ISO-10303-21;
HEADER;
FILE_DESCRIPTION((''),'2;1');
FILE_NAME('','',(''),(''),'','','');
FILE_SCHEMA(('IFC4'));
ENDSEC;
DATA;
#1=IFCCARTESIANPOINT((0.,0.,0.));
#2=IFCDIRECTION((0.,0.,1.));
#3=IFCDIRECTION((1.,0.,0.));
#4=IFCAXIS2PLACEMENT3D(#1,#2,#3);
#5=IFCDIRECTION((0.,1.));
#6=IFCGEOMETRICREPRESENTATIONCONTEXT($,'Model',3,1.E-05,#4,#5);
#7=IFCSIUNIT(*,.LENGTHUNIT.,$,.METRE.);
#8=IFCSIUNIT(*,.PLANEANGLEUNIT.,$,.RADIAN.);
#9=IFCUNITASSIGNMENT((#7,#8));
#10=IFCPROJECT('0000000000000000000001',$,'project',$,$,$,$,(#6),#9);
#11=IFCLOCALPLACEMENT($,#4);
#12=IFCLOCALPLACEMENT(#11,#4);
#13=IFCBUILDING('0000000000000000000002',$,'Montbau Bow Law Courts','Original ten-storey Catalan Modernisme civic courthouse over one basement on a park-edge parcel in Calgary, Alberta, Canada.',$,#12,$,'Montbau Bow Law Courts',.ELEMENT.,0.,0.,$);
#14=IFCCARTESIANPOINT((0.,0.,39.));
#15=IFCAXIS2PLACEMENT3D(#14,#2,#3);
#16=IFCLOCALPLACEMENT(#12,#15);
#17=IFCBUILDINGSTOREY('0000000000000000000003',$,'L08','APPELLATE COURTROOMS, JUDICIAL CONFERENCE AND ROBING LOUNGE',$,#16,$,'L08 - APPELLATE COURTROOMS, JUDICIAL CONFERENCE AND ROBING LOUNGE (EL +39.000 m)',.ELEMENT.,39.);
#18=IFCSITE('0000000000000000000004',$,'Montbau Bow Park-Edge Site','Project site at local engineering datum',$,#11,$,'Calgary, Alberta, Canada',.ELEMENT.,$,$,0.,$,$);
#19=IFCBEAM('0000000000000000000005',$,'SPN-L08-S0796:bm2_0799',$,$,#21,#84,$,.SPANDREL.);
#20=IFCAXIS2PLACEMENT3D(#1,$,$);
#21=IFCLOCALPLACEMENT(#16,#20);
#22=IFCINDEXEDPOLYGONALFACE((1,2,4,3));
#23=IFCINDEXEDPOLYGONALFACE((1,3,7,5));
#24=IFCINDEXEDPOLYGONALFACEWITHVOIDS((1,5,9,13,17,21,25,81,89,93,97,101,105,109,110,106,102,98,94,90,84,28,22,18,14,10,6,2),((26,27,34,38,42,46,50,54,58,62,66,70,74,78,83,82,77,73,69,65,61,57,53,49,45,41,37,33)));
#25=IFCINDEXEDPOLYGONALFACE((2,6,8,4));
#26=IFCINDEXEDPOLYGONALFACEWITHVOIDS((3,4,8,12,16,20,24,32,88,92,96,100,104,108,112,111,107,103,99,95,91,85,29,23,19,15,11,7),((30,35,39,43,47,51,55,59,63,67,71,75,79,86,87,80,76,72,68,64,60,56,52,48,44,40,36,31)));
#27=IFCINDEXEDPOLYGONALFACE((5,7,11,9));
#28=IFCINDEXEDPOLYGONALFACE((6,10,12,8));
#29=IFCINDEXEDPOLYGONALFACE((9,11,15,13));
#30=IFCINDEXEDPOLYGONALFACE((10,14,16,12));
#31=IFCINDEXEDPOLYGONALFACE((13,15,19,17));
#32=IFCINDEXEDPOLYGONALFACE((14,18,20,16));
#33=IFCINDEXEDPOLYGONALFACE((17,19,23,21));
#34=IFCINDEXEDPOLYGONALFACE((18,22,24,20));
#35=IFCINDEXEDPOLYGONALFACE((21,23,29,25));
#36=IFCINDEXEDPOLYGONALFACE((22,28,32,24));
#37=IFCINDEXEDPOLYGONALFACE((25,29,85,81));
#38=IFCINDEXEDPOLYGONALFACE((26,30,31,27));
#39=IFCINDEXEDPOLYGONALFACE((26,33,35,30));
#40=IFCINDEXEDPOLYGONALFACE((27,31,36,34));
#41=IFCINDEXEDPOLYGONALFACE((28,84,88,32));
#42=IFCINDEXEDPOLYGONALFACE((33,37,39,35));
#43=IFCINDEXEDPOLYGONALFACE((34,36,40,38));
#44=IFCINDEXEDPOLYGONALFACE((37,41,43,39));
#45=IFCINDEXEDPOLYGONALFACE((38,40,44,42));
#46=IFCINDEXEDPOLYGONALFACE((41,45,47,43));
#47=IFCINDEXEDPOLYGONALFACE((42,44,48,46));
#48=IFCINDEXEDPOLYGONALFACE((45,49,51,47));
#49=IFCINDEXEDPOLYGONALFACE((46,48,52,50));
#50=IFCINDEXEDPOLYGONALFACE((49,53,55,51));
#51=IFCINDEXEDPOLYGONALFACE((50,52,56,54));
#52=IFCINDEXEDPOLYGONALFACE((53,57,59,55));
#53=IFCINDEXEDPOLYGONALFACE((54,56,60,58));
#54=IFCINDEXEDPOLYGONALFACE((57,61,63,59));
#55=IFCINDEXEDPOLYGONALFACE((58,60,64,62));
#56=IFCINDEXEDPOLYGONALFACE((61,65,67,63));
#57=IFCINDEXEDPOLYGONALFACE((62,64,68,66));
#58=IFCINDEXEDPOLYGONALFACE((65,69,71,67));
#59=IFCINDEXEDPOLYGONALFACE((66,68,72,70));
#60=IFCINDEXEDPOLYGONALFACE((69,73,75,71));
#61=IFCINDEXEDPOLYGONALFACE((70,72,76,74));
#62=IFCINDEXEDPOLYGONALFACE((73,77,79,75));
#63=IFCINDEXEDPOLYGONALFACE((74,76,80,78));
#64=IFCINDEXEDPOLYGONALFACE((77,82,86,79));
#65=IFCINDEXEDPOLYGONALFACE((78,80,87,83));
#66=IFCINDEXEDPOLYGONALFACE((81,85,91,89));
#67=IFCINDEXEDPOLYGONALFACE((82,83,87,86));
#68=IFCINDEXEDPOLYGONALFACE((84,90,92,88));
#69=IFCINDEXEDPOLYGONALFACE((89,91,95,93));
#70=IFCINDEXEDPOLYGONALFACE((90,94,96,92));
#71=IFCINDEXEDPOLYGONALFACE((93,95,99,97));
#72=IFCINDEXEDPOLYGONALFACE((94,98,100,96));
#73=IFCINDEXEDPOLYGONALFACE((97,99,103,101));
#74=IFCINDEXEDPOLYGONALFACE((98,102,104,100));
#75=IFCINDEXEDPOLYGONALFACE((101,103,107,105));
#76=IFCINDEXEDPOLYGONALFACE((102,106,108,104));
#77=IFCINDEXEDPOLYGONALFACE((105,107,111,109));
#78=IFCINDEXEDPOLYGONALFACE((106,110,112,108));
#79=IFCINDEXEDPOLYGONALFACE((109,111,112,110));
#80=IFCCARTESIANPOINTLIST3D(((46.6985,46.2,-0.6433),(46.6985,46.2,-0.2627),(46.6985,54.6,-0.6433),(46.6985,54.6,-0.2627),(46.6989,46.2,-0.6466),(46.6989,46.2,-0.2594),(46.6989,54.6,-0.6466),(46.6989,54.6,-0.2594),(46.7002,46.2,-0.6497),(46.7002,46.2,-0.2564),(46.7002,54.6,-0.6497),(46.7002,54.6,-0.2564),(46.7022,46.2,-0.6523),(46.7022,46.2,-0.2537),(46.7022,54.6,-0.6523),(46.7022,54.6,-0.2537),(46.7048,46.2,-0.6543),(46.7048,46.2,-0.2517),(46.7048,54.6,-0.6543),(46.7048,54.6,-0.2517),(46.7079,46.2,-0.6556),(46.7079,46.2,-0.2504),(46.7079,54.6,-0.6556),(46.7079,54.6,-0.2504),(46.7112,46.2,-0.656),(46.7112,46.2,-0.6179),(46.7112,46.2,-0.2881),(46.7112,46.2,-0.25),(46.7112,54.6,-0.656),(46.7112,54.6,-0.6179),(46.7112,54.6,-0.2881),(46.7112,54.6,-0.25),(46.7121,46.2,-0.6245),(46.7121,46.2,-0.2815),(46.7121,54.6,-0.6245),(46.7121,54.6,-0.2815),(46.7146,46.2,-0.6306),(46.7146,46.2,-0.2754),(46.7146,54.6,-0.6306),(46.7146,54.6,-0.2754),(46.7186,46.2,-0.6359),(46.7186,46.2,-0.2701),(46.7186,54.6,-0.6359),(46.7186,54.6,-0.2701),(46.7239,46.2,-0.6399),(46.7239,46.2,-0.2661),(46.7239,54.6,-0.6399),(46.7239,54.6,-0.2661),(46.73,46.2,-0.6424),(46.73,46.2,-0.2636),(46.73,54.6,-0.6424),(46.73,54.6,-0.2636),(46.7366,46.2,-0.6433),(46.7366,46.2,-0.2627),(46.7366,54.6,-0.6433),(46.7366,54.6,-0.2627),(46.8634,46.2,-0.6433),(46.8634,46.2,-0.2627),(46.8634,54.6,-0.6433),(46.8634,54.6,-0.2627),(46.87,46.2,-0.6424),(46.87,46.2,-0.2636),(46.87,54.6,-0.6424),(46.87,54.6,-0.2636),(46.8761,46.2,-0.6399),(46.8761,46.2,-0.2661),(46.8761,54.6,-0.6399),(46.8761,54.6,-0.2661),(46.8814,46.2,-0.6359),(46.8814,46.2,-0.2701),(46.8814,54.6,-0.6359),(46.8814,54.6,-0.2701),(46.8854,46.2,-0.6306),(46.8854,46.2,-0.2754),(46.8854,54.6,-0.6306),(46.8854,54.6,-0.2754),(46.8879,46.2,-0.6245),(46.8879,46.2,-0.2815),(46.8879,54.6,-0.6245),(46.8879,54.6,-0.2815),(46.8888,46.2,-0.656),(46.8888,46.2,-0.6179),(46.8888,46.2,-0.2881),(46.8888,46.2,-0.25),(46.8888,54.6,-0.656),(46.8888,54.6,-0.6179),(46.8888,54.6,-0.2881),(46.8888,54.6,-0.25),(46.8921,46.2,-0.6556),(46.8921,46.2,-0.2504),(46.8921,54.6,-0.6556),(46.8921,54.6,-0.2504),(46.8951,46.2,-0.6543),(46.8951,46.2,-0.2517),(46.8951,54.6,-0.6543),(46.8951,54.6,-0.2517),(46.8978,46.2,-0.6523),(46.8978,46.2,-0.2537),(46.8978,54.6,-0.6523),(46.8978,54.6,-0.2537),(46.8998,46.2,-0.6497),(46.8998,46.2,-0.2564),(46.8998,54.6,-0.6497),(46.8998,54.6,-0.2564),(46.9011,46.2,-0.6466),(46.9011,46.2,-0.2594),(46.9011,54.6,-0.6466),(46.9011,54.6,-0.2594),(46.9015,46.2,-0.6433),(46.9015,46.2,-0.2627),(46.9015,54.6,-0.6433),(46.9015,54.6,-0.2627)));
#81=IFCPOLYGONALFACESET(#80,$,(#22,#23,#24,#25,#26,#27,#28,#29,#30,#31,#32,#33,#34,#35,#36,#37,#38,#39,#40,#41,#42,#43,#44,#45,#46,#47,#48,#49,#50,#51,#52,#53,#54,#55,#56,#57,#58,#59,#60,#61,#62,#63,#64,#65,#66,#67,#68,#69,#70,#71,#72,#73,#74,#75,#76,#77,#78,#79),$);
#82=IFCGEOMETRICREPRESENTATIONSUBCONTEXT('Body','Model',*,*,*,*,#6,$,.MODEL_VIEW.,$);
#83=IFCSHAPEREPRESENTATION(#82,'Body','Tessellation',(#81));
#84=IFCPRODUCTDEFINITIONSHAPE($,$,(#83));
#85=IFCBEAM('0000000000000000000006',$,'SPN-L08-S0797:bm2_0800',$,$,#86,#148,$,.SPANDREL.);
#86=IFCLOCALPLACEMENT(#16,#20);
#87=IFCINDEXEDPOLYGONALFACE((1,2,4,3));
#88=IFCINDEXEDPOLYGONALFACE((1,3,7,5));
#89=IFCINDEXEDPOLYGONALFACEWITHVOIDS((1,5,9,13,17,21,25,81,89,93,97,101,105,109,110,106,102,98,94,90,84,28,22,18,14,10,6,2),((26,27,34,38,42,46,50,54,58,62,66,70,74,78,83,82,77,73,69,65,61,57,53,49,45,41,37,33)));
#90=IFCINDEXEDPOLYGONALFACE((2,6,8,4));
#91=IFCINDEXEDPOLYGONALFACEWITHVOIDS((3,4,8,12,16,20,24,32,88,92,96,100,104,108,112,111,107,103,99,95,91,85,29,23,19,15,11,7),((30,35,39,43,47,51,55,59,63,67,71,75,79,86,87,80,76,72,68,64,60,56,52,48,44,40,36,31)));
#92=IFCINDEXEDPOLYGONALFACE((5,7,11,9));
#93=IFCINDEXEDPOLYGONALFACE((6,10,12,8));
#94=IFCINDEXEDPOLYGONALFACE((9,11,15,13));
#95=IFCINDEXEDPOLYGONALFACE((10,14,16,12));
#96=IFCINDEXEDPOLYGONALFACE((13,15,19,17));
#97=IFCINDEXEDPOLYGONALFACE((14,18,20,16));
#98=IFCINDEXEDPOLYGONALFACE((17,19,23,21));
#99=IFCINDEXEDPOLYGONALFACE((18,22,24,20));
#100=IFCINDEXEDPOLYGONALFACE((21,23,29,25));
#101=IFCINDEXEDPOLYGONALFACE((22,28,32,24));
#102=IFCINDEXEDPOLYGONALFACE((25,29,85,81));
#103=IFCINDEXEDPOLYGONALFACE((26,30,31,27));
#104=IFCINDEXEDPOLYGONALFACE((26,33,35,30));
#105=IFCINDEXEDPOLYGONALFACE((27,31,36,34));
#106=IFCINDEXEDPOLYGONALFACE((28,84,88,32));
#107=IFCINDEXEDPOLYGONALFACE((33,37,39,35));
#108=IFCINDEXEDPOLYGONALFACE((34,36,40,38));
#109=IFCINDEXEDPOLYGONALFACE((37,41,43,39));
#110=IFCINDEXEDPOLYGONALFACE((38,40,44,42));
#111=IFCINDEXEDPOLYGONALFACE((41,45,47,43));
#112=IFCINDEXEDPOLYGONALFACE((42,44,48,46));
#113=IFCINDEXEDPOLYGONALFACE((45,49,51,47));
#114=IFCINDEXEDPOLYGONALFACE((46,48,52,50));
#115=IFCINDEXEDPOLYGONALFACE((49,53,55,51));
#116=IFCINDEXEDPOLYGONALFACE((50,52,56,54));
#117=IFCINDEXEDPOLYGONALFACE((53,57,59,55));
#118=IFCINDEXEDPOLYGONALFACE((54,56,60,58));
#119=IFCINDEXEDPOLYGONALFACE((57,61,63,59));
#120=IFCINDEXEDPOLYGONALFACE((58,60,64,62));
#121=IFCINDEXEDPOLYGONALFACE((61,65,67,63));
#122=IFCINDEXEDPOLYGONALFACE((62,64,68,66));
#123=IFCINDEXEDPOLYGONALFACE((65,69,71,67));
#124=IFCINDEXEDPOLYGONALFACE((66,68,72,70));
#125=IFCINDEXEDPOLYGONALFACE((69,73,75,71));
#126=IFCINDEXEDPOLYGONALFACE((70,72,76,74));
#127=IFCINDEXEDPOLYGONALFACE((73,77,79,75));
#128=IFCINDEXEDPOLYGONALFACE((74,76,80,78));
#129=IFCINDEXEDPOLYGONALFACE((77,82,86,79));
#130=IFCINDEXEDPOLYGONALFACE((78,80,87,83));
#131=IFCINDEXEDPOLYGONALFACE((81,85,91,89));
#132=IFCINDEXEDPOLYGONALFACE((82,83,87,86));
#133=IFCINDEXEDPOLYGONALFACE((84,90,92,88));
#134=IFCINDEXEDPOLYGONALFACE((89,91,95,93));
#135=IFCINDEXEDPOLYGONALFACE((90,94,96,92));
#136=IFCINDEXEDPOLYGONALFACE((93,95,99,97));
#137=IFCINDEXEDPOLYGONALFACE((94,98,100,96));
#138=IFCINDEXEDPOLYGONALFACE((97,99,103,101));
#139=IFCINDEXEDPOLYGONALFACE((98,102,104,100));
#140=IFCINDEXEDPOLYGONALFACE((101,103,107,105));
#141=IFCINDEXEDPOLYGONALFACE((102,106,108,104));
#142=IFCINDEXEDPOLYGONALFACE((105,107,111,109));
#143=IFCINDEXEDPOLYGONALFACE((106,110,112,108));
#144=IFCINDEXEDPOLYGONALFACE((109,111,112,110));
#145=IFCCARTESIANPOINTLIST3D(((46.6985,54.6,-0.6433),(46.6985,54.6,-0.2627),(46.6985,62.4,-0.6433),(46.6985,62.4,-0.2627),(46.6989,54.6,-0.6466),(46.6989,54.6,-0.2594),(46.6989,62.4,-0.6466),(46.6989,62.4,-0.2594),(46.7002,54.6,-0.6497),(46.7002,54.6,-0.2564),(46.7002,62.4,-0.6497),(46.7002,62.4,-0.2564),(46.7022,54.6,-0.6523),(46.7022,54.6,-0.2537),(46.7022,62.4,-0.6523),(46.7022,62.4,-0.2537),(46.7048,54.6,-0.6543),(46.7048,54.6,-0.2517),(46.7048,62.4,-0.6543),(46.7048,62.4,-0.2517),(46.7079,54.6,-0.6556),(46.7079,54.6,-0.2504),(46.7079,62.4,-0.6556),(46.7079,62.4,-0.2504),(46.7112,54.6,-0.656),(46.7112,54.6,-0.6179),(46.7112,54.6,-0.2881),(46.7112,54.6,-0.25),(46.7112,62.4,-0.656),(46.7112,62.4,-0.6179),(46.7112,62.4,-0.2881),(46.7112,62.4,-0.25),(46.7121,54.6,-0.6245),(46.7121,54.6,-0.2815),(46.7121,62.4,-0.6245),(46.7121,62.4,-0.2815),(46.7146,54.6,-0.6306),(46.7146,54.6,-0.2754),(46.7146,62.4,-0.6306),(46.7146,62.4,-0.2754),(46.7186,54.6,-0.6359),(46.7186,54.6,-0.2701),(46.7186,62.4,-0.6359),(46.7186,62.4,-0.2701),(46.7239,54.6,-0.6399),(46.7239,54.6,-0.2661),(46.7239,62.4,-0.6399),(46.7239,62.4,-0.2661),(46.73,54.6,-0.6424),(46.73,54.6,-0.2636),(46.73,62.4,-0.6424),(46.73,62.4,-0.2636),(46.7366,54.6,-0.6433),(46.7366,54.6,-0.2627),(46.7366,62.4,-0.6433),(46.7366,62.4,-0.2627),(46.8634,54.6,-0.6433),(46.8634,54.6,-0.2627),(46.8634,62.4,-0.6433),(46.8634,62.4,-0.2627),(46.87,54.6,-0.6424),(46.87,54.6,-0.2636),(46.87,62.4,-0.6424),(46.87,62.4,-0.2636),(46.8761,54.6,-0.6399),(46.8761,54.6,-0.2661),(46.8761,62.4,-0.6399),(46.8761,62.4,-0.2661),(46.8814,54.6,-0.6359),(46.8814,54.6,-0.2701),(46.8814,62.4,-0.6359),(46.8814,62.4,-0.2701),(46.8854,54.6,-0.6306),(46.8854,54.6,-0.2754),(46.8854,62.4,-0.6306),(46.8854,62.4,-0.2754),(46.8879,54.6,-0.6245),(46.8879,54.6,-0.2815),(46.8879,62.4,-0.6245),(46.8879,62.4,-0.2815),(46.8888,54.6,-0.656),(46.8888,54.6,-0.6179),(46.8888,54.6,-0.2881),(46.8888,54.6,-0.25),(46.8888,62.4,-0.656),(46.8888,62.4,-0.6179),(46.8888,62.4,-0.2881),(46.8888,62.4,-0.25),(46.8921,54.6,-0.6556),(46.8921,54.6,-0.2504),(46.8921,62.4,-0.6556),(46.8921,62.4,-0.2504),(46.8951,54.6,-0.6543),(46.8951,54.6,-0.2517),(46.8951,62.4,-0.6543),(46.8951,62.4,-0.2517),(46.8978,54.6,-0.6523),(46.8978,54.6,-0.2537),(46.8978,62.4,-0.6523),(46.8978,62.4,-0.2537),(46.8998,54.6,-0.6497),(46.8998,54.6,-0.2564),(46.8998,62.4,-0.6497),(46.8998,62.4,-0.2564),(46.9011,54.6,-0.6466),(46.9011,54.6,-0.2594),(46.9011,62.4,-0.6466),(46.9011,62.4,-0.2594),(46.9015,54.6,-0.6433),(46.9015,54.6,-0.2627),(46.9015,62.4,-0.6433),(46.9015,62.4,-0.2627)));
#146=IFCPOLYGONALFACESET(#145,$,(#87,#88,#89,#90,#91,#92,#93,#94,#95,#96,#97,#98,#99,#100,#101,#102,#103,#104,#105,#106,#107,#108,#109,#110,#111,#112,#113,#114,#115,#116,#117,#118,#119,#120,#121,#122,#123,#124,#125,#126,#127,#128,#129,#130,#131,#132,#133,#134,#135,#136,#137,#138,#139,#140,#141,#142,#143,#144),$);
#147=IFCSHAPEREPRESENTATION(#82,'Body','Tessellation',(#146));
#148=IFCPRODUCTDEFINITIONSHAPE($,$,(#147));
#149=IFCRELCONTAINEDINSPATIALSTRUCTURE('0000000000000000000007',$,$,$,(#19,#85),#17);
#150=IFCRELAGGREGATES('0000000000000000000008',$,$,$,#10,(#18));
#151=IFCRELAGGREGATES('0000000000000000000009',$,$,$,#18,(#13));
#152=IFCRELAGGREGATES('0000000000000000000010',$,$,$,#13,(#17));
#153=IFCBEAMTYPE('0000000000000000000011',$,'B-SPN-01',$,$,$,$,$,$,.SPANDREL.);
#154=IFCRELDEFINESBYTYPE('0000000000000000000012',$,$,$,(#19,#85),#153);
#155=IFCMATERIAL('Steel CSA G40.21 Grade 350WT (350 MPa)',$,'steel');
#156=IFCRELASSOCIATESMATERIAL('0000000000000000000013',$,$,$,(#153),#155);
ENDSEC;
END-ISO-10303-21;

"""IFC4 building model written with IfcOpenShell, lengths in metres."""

from ifc_helpers import new_model, si_unit, direction, frame, origin_with_axes, origin_2d_with_axis, place, context, subcontext, project, spatial, hollow_rectangle, extrude, material, material_profile, profile_set, type_object, element, save


model = new_model("IFC4")

# Units and contexts
model_context = context("Model", 3, precision=1e-05, world=origin_with_axes(), true_north=direction((0.0, 1.0)))
body_context = subcontext(model_context, "Body", "Model", "MODEL_VIEW")
ifc_project = project(units=[si_unit("LENGTHUNIT", "METRE"), si_unit("PLANEANGLEUNIT", "RADIAN")], contexts=[model_context])

# Site, building, storey
site_placement = place(None, origin_with_axes())
site = spatial("IfcSite", under=ifc_project, at=site_placement, Name="Montbau Bow Park-Edge Site", Description="Project site at local engineering datum", LongName="Calgary, Alberta, Canada", CompositionType="ELEMENT", RefElevation=0.0)
building_placement = place(site_placement, origin_with_axes())
building = spatial("IfcBuilding", under=site, at=building_placement, Name="Montbau Bow Law Courts", Description="Original ten-storey Catalan Modernisme civic courthouse over one basement on a park-edge parcel in Calgary, Alberta, Canada.", LongName="Montbau Bow Law Courts", CompositionType="ELEMENT", ElevationOfRefHeight=0.0, ElevationOfTerrain=0.0)
storey_placement = place(building_placement, frame((0.0, 0.0, 39.0), z_axis=(0.0, 0.0, 1.0), x_axis=(1.0, 0.0, 0.0)))
storey = spatial("IfcBuildingStorey", under=building, at=storey_placement, Name="L08", Description="APPELLATE COURTROOMS, JUDICIAL CONFERENCE AND ROBING LOUNGE", LongName="L08 - APPELLATE COURTROOMS, JUDICIAL CONFERENCE AND ROBING LOUNGE (EL +39.000 m)", CompositionType="ELEMENT", Elevation=39.0)

# Beams
ifc_material_1 = material(Name="Steel CSA G40.21 Grade 350WT (350 MPa)", Category="steel")
ifc_material_profile_1 = material_profile(ifc_material_1, hollow_rectangle(XDim=0.203, YDim=0.406, WallThickness=0.0127, InnerFilletRadius=0.0254, OuterFilletRadius=0.0127, at=origin_2d_with_axis()), Name="HSS406X203X13", Category="Main", Priority=0)
ifc_profile_set_1 = profile_set([ifc_material_profile_1], Name="Steel CSA G40.21 Grade 350WT (350 MPa)")
beam_type_1 = type_object("IfcBeamType", Name="B-SPN-01", PredefinedType="SPANDREL", material=ifc_profile_set_1)
beam_1_placement = place(None, frame((46.8, 46.2, 38.547), z_axis=(0.0, 1.0, 0.0), x_axis=(-1.0, 0.0, 0.0)))
element("IfcBeam", 1, at=beam_1_placement, inside=storey, type_object=beam_type_1, Name="SPN-L08-S0796:bm2_0799", PredefinedType="SPANDREL", context=body_context, shape_type="SweptSolid", body=[
    extrude(hollow_rectangle(XDim=0.203, YDim=0.406, WallThickness=0.0127, InnerFilletRadius=0.0254, OuterFilletRadius=0.0127, at=origin_2d_with_axis()), origin_with_axes(), (0.0, 0.0, 1.0), 8.4),
])
beam_2_placement = place(None, frame((46.8, 54.6, 38.547), z_axis=(0.0, 1.0, 0.0), x_axis=(-1.0, 0.0, 0.0)))
element("IfcBeam", 2, at=beam_2_placement, inside=storey, type_object=beam_type_1, Name="SPN-L08-S0797:bm2_0800", PredefinedType="SPANDREL", context=body_context, shape_type="SweptSolid", body=[
    extrude(hollow_rectangle(XDim=0.203, YDim=0.406, WallThickness=0.0127, InnerFilletRadius=0.0254, OuterFilletRadius=0.0127, at=origin_2d_with_axis()), origin_with_axes(), (0.0, 0.0, 1.0), 7.8),
])

save(model, "model.ifc")
